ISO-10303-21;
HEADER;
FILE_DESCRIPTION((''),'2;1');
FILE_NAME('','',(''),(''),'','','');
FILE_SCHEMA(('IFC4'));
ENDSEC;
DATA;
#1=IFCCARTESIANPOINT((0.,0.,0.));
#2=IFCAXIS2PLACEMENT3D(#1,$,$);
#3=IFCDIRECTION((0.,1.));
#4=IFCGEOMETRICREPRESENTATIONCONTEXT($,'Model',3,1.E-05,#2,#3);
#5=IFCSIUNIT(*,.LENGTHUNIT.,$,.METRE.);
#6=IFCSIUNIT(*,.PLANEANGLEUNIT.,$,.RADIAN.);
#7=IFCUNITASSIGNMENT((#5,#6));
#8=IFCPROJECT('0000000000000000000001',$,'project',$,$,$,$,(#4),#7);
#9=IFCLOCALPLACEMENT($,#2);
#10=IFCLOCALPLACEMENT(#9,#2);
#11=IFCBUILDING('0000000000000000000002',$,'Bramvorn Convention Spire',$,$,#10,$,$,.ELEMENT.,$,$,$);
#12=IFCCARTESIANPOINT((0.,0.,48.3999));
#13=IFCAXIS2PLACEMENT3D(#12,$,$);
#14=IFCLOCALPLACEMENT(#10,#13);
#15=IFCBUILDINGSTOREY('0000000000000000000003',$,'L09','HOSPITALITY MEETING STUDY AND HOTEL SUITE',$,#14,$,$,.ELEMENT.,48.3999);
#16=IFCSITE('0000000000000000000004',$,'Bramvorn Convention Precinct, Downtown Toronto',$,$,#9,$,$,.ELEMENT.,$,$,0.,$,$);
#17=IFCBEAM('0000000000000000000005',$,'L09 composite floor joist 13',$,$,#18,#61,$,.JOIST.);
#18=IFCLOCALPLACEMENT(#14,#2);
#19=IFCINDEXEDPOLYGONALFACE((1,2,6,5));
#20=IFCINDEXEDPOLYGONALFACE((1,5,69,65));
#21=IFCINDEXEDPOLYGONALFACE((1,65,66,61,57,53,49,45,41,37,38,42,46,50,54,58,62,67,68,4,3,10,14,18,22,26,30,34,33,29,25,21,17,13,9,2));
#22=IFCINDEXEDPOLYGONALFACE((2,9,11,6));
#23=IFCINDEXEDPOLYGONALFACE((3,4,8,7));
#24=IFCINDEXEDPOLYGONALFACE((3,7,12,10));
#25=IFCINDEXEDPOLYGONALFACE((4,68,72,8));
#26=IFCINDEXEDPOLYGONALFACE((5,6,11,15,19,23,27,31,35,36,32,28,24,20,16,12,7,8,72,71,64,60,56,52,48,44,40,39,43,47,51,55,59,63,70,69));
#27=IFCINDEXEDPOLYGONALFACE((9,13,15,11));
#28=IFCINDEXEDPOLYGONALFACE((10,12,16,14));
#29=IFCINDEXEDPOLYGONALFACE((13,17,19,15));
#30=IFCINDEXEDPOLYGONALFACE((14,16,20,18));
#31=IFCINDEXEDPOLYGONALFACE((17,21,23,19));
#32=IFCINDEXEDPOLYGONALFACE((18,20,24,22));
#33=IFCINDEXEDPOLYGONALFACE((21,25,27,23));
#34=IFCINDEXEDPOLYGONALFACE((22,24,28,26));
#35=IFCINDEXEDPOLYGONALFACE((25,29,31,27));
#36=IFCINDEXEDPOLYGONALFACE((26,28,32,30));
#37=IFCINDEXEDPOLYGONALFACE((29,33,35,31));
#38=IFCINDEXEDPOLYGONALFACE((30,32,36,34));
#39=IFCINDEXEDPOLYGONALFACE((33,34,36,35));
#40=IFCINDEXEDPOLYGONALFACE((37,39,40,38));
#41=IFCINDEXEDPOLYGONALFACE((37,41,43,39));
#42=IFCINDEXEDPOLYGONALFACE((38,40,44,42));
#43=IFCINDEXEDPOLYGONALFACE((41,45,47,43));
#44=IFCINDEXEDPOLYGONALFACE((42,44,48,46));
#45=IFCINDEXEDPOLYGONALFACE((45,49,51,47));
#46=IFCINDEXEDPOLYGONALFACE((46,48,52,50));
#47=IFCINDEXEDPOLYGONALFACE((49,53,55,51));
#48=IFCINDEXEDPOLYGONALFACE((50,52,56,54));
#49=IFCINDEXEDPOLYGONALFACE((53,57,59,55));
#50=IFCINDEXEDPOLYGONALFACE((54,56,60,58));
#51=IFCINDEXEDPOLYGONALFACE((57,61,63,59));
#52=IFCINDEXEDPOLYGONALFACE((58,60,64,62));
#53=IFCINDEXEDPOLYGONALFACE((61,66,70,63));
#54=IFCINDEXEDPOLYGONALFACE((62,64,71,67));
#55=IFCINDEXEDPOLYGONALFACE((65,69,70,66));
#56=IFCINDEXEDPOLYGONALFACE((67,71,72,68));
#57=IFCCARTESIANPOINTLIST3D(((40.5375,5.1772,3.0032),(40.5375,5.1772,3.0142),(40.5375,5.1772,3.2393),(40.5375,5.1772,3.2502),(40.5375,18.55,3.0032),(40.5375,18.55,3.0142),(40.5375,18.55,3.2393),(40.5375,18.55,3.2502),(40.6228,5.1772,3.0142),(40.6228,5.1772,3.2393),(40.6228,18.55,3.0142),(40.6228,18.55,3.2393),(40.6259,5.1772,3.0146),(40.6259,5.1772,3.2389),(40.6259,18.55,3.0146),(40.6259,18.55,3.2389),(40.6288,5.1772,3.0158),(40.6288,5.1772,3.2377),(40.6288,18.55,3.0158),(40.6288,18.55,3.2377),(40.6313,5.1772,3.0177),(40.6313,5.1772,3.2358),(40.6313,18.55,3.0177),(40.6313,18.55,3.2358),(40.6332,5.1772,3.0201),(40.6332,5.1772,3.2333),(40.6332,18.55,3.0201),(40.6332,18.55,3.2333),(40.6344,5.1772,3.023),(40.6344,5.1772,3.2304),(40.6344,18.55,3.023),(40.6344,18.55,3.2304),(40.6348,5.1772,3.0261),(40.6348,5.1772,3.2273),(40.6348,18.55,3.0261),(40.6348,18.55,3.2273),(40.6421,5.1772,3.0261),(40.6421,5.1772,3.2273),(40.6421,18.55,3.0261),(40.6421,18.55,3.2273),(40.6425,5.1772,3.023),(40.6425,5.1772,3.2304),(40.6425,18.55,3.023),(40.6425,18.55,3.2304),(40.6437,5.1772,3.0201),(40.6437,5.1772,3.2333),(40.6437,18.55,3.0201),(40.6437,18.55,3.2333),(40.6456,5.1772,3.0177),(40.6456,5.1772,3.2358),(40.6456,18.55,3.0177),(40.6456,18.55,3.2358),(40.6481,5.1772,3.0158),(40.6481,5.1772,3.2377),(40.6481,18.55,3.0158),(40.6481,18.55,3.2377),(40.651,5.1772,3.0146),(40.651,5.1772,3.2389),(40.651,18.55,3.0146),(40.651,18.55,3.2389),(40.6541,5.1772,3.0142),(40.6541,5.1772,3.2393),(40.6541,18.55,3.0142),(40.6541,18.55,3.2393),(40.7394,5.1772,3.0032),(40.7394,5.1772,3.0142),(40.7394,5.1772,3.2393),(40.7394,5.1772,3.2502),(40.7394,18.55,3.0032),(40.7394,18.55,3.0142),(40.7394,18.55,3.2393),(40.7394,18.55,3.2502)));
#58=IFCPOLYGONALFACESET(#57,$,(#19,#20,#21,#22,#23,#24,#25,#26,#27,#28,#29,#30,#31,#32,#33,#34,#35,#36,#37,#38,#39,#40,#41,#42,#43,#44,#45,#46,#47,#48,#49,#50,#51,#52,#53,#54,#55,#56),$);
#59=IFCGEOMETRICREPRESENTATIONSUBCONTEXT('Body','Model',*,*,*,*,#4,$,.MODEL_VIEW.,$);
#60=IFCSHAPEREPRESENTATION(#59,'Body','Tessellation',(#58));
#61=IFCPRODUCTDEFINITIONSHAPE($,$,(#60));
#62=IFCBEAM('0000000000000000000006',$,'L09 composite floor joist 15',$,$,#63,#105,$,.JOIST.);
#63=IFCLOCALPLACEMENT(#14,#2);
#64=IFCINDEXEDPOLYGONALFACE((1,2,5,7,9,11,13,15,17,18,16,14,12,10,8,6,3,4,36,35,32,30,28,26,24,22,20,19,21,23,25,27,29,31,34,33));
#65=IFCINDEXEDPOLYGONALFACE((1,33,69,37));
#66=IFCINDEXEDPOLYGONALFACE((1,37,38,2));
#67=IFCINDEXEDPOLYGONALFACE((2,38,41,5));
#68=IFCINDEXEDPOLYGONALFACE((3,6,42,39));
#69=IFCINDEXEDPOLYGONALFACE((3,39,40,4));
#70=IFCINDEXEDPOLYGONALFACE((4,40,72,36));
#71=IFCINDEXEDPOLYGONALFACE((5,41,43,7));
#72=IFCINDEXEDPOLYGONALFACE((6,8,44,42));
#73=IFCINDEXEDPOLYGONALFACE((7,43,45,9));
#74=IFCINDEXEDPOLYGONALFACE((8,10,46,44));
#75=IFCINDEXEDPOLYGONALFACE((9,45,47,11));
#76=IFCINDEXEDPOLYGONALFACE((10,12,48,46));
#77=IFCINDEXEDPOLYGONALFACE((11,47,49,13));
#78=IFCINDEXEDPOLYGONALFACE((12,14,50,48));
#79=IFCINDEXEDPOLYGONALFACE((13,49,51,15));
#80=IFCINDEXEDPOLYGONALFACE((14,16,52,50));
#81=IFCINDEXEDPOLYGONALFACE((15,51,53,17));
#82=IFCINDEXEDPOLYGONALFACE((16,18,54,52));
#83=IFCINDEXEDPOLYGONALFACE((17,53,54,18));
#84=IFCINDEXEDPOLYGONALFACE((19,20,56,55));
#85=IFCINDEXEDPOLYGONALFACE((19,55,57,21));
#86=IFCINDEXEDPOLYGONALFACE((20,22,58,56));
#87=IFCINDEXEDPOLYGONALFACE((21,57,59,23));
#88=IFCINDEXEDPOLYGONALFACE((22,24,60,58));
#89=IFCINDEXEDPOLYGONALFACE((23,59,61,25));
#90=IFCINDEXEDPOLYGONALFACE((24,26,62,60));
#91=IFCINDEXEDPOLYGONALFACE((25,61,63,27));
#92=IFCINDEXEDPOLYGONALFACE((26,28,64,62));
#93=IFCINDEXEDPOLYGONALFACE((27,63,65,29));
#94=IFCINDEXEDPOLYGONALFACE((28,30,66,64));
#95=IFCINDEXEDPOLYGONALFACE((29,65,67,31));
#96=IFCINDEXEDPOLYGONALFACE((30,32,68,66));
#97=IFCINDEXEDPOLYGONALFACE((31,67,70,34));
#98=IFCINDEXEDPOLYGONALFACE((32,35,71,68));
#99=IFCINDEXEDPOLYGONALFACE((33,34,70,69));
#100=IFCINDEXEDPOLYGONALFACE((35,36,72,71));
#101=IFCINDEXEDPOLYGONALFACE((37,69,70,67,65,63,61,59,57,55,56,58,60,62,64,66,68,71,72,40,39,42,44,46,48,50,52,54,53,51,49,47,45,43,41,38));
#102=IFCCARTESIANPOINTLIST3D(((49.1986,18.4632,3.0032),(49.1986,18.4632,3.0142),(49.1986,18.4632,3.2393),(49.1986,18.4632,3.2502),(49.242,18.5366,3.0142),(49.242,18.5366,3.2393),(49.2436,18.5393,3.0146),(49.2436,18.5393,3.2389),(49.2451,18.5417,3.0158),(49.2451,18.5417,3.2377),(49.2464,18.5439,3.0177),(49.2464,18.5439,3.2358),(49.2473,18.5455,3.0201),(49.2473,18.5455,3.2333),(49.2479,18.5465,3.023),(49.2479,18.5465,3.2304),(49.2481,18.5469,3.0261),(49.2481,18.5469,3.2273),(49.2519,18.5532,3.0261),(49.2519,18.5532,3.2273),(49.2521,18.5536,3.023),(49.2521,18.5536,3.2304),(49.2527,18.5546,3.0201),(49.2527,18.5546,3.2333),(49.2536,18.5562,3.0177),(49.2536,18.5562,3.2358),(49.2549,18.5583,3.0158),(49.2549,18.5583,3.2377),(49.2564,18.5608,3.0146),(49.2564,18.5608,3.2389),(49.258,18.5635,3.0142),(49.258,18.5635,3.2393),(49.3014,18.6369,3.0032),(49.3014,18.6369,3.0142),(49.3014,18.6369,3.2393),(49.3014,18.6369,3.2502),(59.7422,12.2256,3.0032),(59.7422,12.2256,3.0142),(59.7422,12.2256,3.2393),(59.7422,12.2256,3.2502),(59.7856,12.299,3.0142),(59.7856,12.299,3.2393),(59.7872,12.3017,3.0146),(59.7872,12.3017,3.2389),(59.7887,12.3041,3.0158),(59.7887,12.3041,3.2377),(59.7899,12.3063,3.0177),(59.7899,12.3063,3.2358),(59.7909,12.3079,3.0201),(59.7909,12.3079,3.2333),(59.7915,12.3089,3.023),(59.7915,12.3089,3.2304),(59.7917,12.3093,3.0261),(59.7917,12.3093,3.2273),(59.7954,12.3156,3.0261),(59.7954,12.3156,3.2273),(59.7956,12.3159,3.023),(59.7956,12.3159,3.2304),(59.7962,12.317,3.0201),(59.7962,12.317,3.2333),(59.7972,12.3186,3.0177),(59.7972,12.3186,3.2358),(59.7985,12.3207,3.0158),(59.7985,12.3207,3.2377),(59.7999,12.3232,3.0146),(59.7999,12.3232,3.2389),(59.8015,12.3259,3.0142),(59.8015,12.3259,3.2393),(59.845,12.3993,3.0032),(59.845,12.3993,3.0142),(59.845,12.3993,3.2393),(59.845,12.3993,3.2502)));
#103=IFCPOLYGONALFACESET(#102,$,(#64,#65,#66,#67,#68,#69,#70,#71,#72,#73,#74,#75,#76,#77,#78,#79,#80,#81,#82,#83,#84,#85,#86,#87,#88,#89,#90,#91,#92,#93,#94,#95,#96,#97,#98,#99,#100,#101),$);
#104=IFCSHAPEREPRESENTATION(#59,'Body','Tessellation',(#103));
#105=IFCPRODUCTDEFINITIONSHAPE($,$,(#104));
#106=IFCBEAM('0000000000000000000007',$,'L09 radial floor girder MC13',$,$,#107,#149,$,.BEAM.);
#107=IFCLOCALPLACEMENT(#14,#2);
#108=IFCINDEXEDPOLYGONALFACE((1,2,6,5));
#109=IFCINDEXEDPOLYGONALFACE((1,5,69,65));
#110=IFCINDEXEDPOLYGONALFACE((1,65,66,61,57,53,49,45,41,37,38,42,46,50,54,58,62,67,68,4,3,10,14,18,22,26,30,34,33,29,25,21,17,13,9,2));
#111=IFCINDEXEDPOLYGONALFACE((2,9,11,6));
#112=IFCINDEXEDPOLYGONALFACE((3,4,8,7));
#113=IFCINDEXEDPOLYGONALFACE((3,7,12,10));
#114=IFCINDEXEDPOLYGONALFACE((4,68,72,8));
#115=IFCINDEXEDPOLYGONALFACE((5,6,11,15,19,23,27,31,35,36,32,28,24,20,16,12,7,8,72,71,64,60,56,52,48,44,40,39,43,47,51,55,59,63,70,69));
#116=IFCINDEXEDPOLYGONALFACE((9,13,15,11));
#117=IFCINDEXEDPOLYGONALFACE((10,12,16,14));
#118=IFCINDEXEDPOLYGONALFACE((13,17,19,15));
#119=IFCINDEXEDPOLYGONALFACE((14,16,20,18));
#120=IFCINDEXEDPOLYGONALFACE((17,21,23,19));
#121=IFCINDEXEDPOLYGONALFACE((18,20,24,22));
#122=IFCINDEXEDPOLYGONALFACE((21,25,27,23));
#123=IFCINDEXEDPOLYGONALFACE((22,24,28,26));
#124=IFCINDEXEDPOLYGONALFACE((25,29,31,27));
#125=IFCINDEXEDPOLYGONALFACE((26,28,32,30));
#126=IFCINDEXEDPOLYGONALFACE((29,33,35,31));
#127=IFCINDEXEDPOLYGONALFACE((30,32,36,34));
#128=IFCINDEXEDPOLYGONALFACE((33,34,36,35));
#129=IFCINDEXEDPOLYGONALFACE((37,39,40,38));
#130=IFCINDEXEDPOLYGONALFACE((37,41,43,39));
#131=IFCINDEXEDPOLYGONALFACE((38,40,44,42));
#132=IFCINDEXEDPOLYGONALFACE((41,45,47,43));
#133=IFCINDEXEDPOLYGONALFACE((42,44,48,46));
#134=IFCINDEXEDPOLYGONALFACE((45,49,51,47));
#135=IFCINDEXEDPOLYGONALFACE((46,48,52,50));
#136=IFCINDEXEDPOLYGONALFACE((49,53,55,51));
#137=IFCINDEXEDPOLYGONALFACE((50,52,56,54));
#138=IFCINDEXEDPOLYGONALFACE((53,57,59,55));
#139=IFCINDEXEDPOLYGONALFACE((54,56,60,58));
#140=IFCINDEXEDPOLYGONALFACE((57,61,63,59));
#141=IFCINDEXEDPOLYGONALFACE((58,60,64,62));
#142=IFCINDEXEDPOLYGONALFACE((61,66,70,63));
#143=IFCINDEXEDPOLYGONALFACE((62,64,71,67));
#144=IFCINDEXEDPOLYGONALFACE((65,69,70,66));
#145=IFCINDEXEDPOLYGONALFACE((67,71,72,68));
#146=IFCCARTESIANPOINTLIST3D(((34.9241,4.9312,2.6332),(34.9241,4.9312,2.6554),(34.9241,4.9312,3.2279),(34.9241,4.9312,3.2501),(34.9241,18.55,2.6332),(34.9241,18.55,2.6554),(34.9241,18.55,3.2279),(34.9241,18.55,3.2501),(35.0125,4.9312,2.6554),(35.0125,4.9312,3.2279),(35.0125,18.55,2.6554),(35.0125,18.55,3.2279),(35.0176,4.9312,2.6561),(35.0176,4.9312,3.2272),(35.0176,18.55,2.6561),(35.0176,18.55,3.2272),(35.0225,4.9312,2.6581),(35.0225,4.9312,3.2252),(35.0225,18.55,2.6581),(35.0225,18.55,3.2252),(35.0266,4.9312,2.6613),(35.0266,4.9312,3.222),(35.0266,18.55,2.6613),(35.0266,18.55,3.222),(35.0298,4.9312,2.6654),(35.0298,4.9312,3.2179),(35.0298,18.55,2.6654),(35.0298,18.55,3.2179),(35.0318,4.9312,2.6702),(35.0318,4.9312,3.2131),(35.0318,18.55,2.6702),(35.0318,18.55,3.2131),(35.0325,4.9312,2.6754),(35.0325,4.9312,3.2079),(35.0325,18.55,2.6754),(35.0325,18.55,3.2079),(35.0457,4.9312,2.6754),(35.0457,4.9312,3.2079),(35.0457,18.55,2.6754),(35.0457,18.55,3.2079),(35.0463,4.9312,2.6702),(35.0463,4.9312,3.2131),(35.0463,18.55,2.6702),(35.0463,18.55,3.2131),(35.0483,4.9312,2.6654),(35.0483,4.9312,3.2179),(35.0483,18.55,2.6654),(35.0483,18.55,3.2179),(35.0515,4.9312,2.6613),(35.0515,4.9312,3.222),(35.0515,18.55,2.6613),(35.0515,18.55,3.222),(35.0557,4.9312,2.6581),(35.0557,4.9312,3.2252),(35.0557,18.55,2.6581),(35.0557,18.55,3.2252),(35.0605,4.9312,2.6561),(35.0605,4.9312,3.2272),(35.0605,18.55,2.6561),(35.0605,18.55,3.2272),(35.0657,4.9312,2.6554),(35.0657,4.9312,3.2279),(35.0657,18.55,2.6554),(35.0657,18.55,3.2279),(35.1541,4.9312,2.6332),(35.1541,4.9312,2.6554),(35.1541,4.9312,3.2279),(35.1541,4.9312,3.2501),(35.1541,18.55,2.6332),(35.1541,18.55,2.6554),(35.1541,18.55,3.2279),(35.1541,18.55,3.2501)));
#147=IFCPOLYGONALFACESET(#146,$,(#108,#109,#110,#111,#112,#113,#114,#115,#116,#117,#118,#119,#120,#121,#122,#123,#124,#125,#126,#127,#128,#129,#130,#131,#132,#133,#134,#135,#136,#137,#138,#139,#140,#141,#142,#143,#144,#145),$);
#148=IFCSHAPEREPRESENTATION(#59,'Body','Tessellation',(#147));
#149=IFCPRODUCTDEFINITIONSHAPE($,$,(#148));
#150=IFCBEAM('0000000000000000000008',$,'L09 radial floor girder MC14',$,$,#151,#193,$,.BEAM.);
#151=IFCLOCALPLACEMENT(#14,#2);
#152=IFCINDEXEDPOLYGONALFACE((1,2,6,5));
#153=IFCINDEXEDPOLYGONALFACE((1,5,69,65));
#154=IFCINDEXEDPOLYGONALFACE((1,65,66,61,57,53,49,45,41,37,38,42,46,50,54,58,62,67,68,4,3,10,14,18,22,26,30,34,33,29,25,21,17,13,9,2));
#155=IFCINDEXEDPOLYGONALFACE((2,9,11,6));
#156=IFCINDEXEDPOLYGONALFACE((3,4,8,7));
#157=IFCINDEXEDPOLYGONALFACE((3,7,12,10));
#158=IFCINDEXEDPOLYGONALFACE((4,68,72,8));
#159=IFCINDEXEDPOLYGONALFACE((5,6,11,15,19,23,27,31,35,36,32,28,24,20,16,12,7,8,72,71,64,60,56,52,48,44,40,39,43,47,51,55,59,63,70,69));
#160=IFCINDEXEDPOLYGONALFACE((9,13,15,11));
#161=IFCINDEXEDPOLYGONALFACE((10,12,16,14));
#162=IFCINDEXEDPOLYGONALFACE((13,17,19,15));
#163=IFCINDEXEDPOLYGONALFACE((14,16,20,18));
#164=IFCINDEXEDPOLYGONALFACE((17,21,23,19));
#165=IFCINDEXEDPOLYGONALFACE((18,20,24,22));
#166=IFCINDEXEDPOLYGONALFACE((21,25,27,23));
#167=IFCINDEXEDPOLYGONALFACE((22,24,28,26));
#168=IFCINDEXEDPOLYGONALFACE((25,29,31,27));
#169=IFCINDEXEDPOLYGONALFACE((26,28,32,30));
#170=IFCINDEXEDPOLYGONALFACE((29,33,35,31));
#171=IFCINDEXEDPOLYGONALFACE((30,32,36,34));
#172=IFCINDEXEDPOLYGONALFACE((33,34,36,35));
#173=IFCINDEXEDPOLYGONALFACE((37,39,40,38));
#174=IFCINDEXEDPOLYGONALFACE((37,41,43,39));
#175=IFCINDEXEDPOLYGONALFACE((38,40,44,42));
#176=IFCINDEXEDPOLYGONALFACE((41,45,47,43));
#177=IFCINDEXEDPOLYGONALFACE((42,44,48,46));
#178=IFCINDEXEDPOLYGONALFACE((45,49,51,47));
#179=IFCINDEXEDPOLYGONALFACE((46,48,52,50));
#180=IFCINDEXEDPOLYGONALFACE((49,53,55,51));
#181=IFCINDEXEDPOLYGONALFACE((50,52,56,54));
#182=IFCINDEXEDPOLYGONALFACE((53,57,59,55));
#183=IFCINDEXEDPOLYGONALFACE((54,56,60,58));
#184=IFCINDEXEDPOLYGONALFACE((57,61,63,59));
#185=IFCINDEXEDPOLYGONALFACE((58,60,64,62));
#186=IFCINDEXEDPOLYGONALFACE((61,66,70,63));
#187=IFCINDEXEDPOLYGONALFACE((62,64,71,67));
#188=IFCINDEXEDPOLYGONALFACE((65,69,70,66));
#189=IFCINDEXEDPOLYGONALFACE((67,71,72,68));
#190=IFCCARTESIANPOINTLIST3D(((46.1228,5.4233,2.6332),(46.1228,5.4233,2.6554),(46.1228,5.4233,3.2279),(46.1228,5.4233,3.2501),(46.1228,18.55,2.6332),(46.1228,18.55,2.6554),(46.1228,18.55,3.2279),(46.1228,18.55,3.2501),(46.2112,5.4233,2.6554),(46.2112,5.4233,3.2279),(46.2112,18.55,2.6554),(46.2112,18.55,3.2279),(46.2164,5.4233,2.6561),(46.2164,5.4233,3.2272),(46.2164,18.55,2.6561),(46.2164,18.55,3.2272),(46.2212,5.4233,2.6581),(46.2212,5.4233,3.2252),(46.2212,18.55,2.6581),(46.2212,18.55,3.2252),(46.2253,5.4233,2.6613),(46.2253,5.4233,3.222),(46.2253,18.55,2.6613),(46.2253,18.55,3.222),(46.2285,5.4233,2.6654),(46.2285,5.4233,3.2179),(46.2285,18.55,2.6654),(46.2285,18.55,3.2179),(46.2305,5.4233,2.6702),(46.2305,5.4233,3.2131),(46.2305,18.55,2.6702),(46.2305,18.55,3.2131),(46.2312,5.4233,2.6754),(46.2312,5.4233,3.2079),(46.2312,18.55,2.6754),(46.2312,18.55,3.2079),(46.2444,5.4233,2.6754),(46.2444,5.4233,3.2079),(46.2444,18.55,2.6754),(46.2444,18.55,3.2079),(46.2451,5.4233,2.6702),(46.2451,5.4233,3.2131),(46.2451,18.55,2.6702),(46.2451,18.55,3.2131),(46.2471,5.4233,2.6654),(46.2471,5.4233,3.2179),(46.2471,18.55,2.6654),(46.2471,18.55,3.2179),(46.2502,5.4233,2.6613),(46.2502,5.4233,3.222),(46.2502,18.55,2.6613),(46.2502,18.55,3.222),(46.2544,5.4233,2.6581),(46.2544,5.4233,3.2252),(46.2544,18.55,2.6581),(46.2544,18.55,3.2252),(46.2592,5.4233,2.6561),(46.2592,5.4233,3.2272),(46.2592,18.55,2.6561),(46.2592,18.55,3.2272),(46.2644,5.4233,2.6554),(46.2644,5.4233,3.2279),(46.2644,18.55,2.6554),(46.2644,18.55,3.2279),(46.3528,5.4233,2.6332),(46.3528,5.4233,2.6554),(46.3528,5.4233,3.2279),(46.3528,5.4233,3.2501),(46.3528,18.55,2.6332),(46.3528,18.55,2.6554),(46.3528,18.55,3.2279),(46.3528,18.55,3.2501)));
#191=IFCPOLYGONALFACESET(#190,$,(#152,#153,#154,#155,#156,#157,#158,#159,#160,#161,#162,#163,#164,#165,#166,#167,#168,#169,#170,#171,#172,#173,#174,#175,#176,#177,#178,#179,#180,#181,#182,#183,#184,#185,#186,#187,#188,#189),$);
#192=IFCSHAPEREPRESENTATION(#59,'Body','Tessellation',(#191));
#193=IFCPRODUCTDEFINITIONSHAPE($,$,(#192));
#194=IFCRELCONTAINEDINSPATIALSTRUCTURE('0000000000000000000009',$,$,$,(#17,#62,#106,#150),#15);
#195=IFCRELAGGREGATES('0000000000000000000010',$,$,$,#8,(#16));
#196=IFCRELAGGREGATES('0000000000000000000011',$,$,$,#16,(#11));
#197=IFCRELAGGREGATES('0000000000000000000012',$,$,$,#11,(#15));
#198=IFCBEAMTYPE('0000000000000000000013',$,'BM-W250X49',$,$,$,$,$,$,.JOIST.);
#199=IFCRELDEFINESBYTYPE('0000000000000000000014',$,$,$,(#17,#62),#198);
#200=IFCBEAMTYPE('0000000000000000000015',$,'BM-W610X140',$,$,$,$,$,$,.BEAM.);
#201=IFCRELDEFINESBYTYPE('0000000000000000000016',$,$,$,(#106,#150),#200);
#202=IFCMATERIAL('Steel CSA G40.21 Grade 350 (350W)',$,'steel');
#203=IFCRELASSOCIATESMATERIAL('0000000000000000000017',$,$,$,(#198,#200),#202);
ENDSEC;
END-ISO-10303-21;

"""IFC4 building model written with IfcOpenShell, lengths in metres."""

from ifc_helpers import new_model, si_unit, direction, frame, origin, origin_2d, place, context, subcontext, project, spatial, i_section, extrude, material, material_profile, profile_set, type_object, element, save


model = new_model("IFC4")

# Units and contexts
model_context = context("Model", 3, precision=1e-05, world=origin(), true_north=direction((0.0, 1.0)))
body_context = subcontext(model_context, "Body", "Model", "MODEL_VIEW")
ifc_project = project(units=[si_unit("LENGTHUNIT", "METRE"), si_unit("PLANEANGLEUNIT", "RADIAN")], contexts=[model_context])

# Site, building, storey
site_placement = place(None, origin())
site = spatial("IfcSite", under=ifc_project, at=site_placement, Name="Bramvorn Convention Precinct, Downtown Toronto", CompositionType="ELEMENT", RefElevation=0.0)
building_placement = place(site_placement, origin())
building = spatial("IfcBuilding", under=site, at=building_placement, Name="Bramvorn Convention Spire", CompositionType="ELEMENT")
storey_placement = place(building_placement, frame((0.0, 0.0, 48.3999)))
storey = spatial("IfcBuildingStorey", under=building, at=storey_placement, Name="L09", Description="HOSPITALITY MEETING STUDY AND HOTEL SUITE", CompositionType="ELEMENT", Elevation=48.3999)

# Beams
ifc_material_1 = material(Name="Steel CSA G40.21 Grade 350 (350W)", Category="steel")
ifc_material_profile_1 = material_profile(ifc_material_1, i_section(OverallWidth=0.2019, OverallDepth=0.2471, WebThickness=0.0073, FlangeThickness=0.011, FilletRadius=0.012, at=origin_2d()))
ifc_profile_set_1 = profile_set([ifc_material_profile_1], Name="Steel CSA G40.21 Grade 350 (350W) - W250X49")
beam_type_1 = type_object("IfcBeamType", Name="BM-W250X49", PredefinedType="JOIST", material=ifc_profile_set_1)
beam_1_placement = place(storey_placement, frame((40.6384, 18.55, 3.1267), z_axis=(0.0, -1.0, 0.0), x_axis=(1.0, 0.0, 0.0)))
element("IfcBeam", 1, at=beam_1_placement, inside=storey, type_object=beam_type_1, Name="L09 composite floor joist 13", PredefinedType="JOIST", context=body_context, shape_type="SweptSolid", body=[
    extrude(i_section(OverallWidth=0.2019, OverallDepth=0.2471, WebThickness=0.0073, FlangeThickness=0.011, FilletRadius=0.012, at=origin_2d()), origin(), (0.0, 0.0, 1.0), 13.3728),
])
beam_2_placement = place(storey_placement, frame((49.25, 18.55, 3.1267), z_axis=(0.860665, -0.509172, 0.0), x_axis=(0.509172, 0.860665, 0.0)))
element("IfcBeam", 2, at=beam_2_placement, inside=storey, type_object=beam_type_1, Name="L09 composite floor joist 15", PredefinedType="JOIST", context=body_context, shape_type="SweptSolid", body=[
    extrude(i_section(OverallWidth=0.2019, OverallDepth=0.2471, WebThickness=0.0073, FlangeThickness=0.011, FilletRadius=0.012, at=origin_2d()), origin(), (0.0, 0.0, 1.0), 12.2505),
])
ifc_material_profile_2 = material_profile(ifc_material_1, i_section(OverallWidth=0.23, OverallDepth=0.6169, WebThickness=0.0132, FlangeThickness=0.0222, FilletRadius=0.02, at=origin_2d()))
ifc_profile_set_2 = profile_set([ifc_material_profile_2], Name="Steel CSA G40.21 Grade 350 (350W) - W610X140")
beam_type_2 = type_object("IfcBeamType", Name="BM-W610X140", PredefinedType="BEAM", material=ifc_profile_set_2)
beam_3_placement = place(storey_placement, frame((35.0391, 18.55, 2.9417), z_axis=(0.0, -1.0, 0.0), x_axis=(1.0, 0.0, 0.0)))
element("IfcBeam", 3, at=beam_3_placement, inside=storey, type_object=beam_type_2, Name="L09 radial floor girder MC13", PredefinedType="BEAM", context=body_context, shape_type="SweptSolid", body=[
    extrude(i_section(OverallWidth=0.23, OverallDepth=0.6169, WebThickness=0.0132, FlangeThickness=0.0222, FilletRadius=0.02, at=origin_2d()), origin(), (0.0, 0.0, 1.0), 13.6189),
])
beam_4_placement = place(storey_placement, frame((46.2378, 18.55, 2.9417), z_axis=(0.0, -1.0, 0.0), x_axis=(1.0, 0.0, 0.0)))
element("IfcBeam", 4, at=beam_4_placement, inside=storey, type_object=beam_type_2, Name="L09 radial floor girder MC14", PredefinedType="BEAM", context=body_context, shape_type="SweptSolid", body=[
    extrude(i_section(OverallWidth=0.23, OverallDepth=0.6169, WebThickness=0.0132, FlangeThickness=0.0222, FilletRadius=0.02, at=origin_2d()), origin(), (0.0, 0.0, 1.0), 13.1267),
])

save(model, "model.ifc")
